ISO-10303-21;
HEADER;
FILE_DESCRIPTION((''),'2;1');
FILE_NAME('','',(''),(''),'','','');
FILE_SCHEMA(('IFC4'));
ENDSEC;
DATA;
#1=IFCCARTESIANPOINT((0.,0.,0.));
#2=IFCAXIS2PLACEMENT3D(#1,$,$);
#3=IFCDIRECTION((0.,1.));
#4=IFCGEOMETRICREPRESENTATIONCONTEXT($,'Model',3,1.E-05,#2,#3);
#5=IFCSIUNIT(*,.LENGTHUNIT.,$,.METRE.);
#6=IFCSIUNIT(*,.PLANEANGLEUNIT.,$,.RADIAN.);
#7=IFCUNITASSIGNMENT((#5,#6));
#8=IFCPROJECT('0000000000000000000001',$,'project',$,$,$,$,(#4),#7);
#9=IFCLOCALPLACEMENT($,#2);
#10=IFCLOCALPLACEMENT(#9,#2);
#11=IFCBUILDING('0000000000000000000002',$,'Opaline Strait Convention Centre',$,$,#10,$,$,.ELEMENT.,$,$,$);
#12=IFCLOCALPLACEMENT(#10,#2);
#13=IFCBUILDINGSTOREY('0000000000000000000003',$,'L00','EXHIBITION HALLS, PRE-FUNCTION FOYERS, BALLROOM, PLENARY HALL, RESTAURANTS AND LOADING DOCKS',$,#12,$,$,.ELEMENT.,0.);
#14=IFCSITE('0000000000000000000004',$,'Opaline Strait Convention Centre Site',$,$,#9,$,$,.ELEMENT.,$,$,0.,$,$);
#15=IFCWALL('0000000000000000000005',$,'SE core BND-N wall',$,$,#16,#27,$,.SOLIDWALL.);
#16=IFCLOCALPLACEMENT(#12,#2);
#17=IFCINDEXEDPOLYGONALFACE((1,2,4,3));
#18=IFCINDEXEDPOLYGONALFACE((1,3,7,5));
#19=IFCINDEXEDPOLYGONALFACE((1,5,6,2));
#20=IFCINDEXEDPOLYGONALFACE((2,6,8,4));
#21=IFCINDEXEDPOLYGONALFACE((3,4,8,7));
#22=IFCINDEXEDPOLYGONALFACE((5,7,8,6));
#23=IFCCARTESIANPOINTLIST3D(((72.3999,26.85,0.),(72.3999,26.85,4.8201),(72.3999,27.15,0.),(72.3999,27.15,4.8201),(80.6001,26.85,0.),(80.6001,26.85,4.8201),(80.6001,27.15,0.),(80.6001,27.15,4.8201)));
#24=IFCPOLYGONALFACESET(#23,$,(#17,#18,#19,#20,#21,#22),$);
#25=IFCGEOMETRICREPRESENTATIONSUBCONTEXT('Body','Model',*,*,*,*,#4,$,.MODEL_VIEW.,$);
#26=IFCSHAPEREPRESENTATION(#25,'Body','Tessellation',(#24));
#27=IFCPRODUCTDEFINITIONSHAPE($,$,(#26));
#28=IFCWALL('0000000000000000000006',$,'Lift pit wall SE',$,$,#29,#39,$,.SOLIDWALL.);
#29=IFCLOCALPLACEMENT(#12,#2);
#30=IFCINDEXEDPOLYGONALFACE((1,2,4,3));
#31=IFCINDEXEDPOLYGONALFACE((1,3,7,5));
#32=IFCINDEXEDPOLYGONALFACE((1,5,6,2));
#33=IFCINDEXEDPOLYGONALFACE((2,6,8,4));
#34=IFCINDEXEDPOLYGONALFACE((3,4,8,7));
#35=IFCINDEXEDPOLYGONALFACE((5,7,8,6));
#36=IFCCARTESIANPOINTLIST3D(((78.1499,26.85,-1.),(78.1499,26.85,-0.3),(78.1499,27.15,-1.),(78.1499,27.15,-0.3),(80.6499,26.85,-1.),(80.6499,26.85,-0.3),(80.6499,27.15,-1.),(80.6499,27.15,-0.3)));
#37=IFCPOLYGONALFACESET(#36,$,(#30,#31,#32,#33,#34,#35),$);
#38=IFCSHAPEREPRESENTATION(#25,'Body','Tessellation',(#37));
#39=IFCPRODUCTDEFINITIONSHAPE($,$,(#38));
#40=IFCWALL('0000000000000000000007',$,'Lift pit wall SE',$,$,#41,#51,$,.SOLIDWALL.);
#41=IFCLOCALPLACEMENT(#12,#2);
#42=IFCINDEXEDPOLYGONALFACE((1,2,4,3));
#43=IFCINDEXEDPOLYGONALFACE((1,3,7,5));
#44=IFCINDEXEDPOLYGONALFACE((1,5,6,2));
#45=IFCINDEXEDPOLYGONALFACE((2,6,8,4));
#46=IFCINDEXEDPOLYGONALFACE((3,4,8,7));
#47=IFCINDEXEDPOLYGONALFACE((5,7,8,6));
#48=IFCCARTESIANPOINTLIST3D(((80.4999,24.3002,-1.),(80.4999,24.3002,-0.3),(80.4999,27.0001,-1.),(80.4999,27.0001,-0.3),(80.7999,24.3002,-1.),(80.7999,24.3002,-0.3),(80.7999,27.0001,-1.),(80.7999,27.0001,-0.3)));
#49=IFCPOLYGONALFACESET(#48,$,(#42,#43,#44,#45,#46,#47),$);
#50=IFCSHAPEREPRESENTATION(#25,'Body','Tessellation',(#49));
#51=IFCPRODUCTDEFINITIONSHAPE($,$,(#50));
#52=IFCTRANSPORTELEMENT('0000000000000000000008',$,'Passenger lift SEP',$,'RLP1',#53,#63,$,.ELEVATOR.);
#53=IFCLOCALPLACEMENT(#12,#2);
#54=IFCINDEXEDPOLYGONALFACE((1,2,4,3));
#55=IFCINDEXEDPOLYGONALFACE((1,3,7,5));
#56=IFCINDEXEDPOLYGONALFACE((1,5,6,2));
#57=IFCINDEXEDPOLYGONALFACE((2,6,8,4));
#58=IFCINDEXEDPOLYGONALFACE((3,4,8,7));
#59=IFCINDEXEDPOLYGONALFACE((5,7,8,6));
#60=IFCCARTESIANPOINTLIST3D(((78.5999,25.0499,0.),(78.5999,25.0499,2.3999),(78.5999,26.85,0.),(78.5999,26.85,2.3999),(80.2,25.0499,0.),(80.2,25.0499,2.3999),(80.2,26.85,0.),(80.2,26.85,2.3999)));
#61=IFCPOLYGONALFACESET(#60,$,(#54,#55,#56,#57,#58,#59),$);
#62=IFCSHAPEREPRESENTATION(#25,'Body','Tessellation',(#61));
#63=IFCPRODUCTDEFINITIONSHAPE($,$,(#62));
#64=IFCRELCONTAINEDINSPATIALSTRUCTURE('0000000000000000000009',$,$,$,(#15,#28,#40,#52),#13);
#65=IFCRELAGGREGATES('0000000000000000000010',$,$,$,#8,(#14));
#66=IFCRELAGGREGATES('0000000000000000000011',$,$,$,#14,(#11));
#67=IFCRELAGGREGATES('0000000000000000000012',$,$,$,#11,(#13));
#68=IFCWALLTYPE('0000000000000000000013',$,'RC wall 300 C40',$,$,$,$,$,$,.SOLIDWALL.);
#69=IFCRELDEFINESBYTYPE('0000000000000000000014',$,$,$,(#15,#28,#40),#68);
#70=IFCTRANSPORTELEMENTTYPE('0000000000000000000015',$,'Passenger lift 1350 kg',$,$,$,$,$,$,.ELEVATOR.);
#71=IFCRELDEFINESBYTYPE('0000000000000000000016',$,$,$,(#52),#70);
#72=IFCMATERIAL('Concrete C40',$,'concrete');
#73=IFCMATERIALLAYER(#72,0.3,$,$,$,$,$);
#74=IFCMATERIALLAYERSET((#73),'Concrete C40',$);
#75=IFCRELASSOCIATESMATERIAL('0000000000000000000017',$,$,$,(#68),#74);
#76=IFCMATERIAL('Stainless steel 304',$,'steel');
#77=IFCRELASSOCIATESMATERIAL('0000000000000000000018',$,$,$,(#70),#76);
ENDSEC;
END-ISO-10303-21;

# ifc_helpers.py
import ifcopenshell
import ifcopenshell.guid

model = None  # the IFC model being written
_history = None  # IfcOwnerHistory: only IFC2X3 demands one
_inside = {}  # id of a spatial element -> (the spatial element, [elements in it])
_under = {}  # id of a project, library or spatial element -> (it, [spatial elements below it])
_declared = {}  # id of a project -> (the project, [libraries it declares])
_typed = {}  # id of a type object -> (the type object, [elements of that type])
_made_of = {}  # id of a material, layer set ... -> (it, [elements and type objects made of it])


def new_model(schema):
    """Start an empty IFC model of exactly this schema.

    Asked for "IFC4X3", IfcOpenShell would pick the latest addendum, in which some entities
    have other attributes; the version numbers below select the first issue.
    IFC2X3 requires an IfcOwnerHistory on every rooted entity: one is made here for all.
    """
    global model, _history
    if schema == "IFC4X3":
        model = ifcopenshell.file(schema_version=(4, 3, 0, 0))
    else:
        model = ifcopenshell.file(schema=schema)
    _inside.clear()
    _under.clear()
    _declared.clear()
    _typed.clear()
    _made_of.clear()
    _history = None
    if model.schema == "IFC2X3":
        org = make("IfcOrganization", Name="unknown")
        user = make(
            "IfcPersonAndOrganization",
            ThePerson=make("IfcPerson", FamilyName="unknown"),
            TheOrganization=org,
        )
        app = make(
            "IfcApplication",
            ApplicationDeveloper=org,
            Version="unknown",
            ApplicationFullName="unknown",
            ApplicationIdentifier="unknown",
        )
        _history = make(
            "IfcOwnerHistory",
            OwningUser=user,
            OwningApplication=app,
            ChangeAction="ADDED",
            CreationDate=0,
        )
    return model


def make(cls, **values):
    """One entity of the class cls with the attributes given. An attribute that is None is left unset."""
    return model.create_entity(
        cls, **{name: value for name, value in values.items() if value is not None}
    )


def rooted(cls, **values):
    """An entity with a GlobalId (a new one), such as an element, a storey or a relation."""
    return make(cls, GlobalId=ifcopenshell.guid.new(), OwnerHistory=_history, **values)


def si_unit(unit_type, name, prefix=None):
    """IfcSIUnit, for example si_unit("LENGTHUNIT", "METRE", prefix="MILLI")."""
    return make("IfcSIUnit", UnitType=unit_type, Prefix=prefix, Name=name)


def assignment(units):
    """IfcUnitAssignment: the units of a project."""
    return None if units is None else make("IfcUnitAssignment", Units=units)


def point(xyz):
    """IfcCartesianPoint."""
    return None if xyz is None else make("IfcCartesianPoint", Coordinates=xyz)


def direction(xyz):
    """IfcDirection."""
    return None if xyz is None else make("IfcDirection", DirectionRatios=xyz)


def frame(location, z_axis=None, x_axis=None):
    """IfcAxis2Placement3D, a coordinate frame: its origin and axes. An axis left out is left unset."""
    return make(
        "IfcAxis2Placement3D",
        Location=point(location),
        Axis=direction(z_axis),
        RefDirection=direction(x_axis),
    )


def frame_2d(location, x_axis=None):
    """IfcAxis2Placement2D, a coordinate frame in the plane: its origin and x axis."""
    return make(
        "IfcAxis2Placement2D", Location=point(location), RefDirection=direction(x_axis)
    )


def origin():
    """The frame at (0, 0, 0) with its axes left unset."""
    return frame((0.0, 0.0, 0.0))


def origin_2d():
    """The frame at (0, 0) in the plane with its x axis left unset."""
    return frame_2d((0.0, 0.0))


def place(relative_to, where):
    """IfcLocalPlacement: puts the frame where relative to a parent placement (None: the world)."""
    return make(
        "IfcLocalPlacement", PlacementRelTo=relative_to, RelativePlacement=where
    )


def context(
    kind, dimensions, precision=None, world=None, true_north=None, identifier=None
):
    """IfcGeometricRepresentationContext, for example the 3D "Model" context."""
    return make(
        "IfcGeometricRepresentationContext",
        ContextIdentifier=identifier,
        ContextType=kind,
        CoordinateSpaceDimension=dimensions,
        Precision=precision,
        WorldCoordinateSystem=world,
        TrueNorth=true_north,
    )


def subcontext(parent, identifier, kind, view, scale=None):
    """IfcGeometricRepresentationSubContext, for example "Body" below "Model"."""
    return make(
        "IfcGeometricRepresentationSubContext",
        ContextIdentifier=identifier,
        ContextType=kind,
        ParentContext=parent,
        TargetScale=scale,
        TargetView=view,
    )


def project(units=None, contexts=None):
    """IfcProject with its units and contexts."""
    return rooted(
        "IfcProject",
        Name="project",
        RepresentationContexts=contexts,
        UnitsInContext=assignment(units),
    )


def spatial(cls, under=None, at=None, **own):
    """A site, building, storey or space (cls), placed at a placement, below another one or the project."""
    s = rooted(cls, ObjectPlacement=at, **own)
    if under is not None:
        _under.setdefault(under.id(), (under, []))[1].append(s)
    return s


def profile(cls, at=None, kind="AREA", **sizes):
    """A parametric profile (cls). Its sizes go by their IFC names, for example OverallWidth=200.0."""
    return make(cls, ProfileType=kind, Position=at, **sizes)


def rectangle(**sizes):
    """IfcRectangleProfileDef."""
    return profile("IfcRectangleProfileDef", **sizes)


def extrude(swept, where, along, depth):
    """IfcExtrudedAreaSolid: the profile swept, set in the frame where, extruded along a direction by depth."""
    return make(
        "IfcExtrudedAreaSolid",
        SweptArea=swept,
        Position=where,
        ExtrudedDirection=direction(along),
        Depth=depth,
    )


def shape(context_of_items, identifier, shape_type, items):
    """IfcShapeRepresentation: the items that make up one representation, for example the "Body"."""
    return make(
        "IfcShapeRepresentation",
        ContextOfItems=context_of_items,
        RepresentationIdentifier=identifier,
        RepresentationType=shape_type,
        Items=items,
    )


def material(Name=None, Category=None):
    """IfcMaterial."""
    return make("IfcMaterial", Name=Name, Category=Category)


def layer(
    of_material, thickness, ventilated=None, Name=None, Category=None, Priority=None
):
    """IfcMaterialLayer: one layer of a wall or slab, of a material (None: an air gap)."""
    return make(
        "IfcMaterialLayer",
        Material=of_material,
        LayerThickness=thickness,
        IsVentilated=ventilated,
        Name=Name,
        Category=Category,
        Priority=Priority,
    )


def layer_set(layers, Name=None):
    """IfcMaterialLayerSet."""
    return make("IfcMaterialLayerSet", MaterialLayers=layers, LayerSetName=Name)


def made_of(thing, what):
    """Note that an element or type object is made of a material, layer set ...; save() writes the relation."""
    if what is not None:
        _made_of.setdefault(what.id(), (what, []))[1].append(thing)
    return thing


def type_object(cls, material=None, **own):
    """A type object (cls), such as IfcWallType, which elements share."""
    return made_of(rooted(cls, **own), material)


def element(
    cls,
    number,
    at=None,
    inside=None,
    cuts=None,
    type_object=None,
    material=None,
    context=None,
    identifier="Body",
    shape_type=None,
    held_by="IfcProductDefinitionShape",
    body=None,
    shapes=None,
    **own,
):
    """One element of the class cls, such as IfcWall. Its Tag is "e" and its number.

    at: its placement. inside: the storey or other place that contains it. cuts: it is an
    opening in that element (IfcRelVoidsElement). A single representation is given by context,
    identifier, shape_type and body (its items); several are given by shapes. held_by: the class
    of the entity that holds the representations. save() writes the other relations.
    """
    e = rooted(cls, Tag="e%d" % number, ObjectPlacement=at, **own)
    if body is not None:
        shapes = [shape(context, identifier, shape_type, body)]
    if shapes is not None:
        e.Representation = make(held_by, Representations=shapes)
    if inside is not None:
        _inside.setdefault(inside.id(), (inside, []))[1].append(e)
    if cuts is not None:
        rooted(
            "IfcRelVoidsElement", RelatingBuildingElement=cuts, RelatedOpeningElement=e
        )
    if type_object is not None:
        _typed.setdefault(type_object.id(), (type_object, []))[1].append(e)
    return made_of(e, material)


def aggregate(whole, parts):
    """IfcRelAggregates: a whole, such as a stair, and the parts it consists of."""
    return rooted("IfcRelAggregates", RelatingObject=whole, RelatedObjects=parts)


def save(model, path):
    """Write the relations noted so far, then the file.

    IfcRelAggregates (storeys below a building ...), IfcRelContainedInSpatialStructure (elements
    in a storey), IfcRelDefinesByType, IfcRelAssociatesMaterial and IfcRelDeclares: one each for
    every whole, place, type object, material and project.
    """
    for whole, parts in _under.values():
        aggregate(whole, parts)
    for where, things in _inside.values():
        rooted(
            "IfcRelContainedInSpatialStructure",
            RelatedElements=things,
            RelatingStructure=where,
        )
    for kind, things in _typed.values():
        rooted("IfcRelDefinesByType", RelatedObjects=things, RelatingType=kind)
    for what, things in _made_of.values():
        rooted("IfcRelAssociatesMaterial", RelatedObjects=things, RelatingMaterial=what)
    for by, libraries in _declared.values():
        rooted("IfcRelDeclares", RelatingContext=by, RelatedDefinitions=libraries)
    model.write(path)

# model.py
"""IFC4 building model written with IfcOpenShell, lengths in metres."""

from ifc_helpers import new_model, si_unit, direction, frame, frame_2d, origin, origin_2d, place, context, subcontext, project, spatial, rectangle, extrude, material, layer, layer_set, type_object, element, save


model = new_model("IFC4")

# Units and contexts
model_context = context("Model", 3, precision=1e-05, world=origin(), true_north=direction((0.0, 1.0)))
body_context = subcontext(model_context, "Body", "Model", "MODEL_VIEW")
ifc_project = project(units=[si_unit("LENGTHUNIT", "METRE"), si_unit("PLANEANGLEUNIT", "RADIAN")], contexts=[model_context])

# Site, building, storey
site_placement = place(None, origin())
site = spatial("IfcSite", under=ifc_project, at=site_placement, Name="Opaline Strait Convention Centre Site", CompositionType="ELEMENT", RefElevation=0.0)
building_placement = place(site_placement, origin())
building = spatial("IfcBuilding", under=site, at=building_placement, Name="Opaline Strait Convention Centre", CompositionType="ELEMENT")
storey_placement = place(building_placement, origin())
storey = spatial("IfcBuildingStorey", under=building, at=storey_placement, Name="L00", Description="EXHIBITION HALLS, PRE-FUNCTION FOYERS, BALLROOM, PLENARY HALL, RESTAURANTS AND LOADING DOCKS", CompositionType="ELEMENT", Elevation=0.0)

# Shared definitions
ifc_material_1 = material(Name="Concrete C40", Category="concrete")

# Wall
ifc_layer_1 = layer(ifc_material_1, 0.3)
ifc_layer_set_1 = layer_set([ifc_layer_1], Name="Concrete C40")
wall_type_1 = type_object("IfcWallType", Name="RC wall 300 C40", PredefinedType="SOLIDWALL", material=ifc_layer_set_1)
for number, where, z_axis, x_axis, name in (
    (1, (80.6001, 27.0, 0.0), (0.0, 0.0, 1.0), (-1.0, 0.0, 0.0), "SE core BND-N wall"),
):
    element("IfcWall", number, at=place(storey_placement, frame(where, z_axis=z_axis, x_axis=x_axis)), inside=storey, type_object=wall_type_1, Name=name, PredefinedType="SOLIDWALL", context=body_context, shape_type="SweptSolid", body=[
        extrude(rectangle(XDim=8.2002, YDim=0.3, at=frame_2d((4.1001, 0.0))), origin(), (0.0, 0.0, 1.0), 4.8201),
    ])

# Walls
wall_1_placement = place(storey_placement, frame((78.1499, 27.0, -1.0), z_axis=(0.0, 0.0, 1.0), x_axis=(1.0, 0.0, 0.0)))
element("IfcWall", 2, at=wall_1_placement, inside=storey, type_object=wall_type_1, Name="Lift pit wall SE", PredefinedType="SOLIDWALL", context=body_context, shape_type="SweptSolid", body=[
    extrude(rectangle(XDim=2.5, YDim=0.3, at=frame_2d((1.25, 0.0))), origin(), (0.0, 0.0, 1.0), 0.7),
])
wall_2_placement = place(storey_placement, frame((80.6499, 24.3, -1.0), z_axis=(0.0, 0.0, 1.0), x_axis=(0.0, 1.0, 0.0)))
element("IfcWall", 3, at=wall_2_placement, inside=storey, type_object=wall_type_1, Name="Lift pit wall SE", PredefinedType="SOLIDWALL", context=body_context, shape_type="SweptSolid", body=[
    extrude(rectangle(XDim=2.7, YDim=0.3, at=frame_2d((1.3501, 0.0))), origin(), (0.0, 0.0, 1.0), 0.7),
])

# Transport element
ifc_material_2 = material(Name="Stainless steel 304", Category="steel")
transport_element_type = type_object("IfcTransportElementType", Name="Passenger lift 1350 kg", PredefinedType="ELEVATOR", material=ifc_material_2)
transport_element_placement = place(storey_placement, frame((79.3999, 25.95, 0.0), z_axis=(0.0, 0.0, 1.0), x_axis=(1.0, 0.0, 0.0)))
element("IfcTransportElement", 4, at=transport_element_placement, inside=storey, type_object=transport_element_type, Name="Passenger lift SEP", ObjectType="RLP1", PredefinedType="ELEVATOR", context=body_context, shape_type="SweptSolid", body=[
    extrude(rectangle(XDim=1.6001, YDim=1.8, at=origin_2d()), origin(), (0.0, 0.0, 1.0), 2.3999),
])

save(model, "model.ifc")
